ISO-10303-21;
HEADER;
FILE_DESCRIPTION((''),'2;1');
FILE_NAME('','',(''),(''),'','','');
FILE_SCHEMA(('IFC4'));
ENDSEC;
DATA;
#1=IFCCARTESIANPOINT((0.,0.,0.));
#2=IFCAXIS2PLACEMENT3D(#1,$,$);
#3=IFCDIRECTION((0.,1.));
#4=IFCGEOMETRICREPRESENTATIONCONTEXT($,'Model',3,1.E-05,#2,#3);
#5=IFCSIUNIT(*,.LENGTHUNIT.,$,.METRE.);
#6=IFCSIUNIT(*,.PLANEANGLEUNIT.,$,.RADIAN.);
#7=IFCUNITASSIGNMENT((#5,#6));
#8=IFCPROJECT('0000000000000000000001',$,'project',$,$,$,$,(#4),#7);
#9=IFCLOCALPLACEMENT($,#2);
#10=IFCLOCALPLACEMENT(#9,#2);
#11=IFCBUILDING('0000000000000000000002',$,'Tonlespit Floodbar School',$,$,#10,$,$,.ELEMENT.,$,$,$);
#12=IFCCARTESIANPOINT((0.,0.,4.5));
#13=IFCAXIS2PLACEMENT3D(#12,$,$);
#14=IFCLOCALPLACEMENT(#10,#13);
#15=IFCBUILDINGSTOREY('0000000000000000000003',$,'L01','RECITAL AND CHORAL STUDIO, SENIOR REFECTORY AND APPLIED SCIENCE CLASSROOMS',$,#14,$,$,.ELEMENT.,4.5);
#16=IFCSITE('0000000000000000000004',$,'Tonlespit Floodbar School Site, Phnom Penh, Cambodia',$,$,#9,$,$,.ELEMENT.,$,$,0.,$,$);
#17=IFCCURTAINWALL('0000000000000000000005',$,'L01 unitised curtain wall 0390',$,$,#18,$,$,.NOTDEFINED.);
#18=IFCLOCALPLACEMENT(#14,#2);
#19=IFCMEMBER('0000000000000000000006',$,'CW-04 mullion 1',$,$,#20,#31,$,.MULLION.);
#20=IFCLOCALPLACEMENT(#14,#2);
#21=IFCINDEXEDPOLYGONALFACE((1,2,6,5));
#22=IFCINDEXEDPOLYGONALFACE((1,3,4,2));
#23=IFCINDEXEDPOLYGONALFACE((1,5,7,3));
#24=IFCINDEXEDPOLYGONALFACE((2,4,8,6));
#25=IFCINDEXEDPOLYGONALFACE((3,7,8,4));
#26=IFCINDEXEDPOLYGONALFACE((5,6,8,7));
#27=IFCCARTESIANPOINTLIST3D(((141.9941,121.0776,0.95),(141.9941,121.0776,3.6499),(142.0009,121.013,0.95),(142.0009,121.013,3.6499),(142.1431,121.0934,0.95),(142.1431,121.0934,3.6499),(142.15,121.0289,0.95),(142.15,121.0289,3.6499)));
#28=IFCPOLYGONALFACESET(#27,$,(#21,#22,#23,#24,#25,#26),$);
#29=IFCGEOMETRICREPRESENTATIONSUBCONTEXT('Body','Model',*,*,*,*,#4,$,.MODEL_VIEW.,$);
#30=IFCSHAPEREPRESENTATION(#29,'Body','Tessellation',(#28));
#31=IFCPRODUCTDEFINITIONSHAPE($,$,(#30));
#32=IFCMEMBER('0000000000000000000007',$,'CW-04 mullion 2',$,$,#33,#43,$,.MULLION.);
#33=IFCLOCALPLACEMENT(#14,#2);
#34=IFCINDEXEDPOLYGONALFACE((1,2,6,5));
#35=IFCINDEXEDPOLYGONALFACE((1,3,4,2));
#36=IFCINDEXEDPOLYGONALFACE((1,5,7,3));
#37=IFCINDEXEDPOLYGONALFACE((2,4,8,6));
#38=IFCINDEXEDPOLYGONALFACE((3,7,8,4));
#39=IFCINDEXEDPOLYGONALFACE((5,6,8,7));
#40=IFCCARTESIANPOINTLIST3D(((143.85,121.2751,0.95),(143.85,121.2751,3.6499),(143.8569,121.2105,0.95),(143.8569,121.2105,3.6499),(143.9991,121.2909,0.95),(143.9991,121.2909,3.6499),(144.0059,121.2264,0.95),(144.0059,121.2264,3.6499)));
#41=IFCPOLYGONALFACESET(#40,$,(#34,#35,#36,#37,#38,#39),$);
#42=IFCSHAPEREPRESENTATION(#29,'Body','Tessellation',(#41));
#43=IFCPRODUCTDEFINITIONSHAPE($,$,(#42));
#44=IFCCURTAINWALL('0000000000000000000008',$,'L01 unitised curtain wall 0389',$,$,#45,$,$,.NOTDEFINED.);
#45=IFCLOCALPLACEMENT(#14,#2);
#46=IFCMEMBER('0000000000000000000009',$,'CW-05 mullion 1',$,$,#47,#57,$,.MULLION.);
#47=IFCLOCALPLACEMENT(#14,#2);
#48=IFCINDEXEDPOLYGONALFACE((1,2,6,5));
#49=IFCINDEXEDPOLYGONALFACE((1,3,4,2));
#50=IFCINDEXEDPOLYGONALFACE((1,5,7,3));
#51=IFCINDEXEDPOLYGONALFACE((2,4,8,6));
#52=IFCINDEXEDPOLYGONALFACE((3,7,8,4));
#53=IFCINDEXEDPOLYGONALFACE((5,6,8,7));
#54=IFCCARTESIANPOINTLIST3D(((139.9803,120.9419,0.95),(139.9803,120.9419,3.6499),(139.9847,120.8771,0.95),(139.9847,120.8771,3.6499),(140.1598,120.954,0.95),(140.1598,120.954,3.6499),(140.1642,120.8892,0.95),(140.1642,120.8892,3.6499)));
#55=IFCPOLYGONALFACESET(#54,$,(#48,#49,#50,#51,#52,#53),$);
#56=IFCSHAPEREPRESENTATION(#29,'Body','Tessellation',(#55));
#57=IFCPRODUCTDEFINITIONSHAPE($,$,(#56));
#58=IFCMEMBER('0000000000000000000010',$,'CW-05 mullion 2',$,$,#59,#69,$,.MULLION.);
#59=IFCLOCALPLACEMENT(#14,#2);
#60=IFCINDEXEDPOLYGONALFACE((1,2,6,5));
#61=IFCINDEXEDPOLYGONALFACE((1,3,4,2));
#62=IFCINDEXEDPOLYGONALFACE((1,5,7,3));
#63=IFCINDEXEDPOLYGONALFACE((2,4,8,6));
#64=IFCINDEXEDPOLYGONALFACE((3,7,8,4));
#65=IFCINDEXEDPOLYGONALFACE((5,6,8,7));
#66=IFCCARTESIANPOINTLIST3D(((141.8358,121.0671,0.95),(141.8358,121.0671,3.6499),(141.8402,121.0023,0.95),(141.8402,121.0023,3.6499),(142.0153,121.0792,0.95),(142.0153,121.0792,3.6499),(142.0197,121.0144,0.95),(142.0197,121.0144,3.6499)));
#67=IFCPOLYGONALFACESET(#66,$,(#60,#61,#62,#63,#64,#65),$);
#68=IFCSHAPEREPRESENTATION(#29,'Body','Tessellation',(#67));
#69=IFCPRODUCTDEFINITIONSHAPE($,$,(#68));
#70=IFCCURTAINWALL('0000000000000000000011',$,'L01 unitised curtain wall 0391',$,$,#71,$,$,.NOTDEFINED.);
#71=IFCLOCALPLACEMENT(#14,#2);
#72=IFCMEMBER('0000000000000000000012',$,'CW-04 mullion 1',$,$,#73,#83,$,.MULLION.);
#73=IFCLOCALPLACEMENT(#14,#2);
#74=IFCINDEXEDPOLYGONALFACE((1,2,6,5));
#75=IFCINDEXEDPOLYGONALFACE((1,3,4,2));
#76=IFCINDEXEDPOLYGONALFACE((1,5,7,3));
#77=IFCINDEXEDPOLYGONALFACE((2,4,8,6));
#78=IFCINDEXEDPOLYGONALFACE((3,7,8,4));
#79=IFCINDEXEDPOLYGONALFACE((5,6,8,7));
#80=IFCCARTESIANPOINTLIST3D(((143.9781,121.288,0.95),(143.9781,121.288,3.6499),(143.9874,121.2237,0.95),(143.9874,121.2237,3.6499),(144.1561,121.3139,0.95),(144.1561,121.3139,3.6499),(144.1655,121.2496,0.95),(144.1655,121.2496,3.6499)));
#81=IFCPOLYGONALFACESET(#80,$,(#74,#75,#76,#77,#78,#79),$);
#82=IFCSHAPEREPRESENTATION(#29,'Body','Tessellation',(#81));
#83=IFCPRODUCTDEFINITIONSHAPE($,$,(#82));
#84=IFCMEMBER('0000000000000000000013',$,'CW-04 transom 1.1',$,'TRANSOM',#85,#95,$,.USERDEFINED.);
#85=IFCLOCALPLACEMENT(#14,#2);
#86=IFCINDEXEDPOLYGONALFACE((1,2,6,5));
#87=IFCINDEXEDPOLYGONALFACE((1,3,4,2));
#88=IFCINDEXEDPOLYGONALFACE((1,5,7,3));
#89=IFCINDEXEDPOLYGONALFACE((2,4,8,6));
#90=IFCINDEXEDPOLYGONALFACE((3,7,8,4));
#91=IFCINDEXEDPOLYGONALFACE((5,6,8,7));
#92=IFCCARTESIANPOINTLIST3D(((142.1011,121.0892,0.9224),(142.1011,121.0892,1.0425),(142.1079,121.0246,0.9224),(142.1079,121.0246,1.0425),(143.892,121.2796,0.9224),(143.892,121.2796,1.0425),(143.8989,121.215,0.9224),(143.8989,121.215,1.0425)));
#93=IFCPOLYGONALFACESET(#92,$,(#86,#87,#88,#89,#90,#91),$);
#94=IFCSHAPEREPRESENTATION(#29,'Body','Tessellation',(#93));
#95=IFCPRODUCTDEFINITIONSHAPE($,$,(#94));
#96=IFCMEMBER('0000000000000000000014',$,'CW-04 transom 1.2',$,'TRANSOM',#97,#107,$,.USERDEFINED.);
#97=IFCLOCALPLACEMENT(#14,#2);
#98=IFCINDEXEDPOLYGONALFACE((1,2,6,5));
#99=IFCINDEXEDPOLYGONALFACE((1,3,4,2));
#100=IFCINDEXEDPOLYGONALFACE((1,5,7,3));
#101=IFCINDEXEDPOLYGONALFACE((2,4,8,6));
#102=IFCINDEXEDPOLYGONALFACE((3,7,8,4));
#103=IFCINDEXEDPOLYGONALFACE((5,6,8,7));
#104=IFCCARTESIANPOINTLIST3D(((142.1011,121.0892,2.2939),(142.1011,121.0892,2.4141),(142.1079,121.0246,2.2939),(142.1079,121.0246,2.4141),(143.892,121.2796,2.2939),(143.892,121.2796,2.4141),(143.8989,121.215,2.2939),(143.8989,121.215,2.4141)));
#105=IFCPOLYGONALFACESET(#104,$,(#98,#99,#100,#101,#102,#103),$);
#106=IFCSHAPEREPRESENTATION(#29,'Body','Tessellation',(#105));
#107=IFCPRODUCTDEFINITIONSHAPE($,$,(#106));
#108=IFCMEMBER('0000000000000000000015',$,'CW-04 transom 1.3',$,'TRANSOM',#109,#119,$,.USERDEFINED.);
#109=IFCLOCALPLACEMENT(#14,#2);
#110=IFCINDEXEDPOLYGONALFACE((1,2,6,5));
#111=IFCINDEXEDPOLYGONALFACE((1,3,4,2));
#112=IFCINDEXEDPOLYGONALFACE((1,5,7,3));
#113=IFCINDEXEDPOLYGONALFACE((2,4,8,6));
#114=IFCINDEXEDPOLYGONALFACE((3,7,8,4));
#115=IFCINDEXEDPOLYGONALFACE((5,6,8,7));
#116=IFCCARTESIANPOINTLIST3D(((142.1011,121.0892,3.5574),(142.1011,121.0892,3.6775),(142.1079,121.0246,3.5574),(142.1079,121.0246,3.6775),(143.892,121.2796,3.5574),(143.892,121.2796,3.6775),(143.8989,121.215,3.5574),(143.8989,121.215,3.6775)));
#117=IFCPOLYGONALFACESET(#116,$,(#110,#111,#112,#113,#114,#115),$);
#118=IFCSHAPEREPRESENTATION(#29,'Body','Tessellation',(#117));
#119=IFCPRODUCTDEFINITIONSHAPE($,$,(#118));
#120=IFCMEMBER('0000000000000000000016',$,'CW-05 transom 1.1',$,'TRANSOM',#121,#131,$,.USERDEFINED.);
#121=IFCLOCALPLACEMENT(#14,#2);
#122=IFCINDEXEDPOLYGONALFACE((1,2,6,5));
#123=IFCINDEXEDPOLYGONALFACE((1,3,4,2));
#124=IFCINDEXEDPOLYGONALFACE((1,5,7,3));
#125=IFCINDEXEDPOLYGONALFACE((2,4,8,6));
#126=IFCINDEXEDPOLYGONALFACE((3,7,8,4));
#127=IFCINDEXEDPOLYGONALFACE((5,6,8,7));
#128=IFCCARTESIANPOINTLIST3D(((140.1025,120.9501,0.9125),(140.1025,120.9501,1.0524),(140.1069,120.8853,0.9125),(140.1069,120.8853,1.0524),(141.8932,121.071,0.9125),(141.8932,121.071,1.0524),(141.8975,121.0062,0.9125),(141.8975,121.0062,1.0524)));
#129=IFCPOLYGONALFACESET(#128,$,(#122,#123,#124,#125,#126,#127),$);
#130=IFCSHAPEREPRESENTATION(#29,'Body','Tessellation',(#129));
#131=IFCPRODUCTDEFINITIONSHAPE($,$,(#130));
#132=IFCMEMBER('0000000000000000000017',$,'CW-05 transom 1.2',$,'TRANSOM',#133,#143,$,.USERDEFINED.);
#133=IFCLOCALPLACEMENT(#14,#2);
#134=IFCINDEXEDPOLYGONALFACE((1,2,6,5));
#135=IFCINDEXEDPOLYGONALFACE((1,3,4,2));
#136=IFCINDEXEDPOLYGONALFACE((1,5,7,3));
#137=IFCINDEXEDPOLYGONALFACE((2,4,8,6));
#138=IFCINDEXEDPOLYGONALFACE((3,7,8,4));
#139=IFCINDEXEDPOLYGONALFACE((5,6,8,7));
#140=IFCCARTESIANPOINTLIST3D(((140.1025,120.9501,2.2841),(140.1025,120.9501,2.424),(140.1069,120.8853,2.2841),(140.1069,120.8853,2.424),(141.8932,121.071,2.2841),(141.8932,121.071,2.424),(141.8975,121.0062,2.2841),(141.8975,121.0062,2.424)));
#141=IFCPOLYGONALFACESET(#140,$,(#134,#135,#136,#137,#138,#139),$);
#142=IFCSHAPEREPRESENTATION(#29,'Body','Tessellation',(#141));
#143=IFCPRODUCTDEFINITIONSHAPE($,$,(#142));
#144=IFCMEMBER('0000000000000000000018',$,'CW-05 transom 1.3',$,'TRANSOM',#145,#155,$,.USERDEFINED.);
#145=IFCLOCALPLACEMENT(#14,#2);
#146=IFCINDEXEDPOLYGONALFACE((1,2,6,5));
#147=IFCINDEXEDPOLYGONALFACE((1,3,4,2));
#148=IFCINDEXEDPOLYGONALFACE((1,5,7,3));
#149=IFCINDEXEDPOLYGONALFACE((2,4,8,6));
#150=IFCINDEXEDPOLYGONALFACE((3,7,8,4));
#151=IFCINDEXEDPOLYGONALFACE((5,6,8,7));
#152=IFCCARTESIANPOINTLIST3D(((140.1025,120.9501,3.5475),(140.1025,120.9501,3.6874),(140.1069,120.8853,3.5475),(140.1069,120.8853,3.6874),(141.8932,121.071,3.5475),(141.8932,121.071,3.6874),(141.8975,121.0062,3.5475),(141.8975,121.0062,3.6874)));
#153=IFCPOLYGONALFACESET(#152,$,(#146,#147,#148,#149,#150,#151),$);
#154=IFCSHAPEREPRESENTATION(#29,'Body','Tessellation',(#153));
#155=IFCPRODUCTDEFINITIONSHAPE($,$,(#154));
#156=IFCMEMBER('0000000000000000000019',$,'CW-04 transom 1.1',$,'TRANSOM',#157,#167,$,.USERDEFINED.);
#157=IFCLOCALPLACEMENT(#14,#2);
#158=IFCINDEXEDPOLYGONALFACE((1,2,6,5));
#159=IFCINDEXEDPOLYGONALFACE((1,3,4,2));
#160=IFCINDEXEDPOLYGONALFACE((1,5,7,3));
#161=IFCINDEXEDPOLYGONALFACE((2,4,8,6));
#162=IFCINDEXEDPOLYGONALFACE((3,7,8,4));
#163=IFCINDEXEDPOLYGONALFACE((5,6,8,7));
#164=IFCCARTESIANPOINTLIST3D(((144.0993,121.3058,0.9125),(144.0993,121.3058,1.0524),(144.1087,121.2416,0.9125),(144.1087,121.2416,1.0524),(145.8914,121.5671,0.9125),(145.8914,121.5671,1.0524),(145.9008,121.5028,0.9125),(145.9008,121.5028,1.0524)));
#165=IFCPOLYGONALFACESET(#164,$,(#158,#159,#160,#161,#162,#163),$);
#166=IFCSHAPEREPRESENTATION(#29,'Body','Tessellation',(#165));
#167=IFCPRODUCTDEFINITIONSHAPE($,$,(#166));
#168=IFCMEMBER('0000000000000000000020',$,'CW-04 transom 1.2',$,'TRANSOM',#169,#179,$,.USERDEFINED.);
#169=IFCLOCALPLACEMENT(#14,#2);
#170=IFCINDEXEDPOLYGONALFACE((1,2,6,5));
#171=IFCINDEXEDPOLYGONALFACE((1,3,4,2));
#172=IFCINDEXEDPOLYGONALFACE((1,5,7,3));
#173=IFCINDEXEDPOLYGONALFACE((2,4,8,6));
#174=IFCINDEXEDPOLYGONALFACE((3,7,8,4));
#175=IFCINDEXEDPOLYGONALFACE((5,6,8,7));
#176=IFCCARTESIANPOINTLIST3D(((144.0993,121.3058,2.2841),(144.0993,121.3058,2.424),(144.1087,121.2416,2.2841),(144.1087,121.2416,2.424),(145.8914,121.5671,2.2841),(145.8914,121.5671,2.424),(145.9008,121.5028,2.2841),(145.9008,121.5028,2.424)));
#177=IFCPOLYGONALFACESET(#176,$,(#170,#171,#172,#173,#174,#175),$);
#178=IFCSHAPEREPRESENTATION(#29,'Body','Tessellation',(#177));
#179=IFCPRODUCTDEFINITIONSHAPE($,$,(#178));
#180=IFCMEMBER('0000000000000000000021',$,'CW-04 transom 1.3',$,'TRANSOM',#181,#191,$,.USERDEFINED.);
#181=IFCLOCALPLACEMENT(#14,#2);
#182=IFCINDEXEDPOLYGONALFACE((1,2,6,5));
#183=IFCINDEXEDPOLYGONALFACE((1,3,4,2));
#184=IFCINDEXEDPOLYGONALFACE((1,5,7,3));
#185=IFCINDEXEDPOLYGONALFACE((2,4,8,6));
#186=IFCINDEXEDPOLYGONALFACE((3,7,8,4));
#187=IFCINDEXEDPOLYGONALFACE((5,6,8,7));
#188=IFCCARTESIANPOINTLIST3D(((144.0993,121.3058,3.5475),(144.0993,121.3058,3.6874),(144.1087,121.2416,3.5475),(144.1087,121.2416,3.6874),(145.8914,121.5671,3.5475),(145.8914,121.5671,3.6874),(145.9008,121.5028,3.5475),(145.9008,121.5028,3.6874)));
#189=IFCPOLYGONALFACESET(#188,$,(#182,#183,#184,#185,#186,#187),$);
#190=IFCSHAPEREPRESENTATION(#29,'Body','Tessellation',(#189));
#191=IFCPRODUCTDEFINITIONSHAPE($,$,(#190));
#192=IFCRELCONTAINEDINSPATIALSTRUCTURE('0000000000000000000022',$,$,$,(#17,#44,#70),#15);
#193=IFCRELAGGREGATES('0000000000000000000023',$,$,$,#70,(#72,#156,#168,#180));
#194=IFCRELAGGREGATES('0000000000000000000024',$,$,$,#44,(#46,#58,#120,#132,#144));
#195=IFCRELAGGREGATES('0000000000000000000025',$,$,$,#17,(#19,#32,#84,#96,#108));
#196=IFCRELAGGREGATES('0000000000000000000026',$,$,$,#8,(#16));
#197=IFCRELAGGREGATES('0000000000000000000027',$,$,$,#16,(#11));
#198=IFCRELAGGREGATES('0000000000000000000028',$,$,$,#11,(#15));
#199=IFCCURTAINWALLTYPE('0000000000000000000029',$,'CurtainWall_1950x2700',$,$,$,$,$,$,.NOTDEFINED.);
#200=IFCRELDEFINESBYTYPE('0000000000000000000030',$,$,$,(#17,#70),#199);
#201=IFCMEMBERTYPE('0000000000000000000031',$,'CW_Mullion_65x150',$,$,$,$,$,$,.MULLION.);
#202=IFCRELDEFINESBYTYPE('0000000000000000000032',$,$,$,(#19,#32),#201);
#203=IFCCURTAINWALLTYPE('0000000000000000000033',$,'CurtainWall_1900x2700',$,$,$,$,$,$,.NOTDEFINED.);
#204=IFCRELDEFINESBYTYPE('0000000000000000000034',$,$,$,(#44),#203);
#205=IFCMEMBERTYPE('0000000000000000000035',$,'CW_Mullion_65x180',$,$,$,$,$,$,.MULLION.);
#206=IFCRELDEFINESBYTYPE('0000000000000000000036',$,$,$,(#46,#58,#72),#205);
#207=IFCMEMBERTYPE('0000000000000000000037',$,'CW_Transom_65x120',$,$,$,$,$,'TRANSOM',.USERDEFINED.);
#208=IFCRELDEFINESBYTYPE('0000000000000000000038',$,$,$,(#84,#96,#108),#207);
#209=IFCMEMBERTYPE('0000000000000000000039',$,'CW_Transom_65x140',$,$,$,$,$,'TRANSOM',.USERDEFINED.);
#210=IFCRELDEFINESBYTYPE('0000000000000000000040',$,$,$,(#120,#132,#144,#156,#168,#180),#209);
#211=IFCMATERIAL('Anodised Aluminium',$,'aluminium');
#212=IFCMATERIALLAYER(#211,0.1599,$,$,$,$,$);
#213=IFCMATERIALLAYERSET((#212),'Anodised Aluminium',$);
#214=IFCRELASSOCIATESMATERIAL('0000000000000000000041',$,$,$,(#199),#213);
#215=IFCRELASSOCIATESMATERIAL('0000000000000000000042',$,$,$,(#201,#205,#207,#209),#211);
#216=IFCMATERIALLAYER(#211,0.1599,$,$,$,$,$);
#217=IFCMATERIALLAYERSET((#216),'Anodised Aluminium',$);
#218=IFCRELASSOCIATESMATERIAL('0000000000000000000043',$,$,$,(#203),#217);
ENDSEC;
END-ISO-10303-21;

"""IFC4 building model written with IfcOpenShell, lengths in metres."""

from ifc_helpers import new_model, si_unit, direction, frame, origin, origin_2d, place, context, subcontext, project, spatial, rectangle, extrude, material, layer, layer_set, material_profile, profile_set, type_object, element, aggregate, save


model = new_model("IFC4")

# Units and contexts
model_context = context("Model", 3, precision=1e-05, world=origin(), true_north=direction((0.0, 1.0)))
body_context = subcontext(model_context, "Body", "Model", "MODEL_VIEW")
ifc_project = project(units=[si_unit("LENGTHUNIT", "METRE"), si_unit("PLANEANGLEUNIT", "RADIAN")], contexts=[model_context])

# Site, building, storey
site_placement = place(None, origin())
site = spatial("IfcSite", under=ifc_project, at=site_placement, Name="Tonlespit Floodbar School Site, Phnom Penh, Cambodia", CompositionType="ELEMENT", RefElevation=0.0)
building_placement = place(site_placement, origin())
building = spatial("IfcBuilding", under=site, at=building_placement, Name="Tonlespit Floodbar School", CompositionType="ELEMENT")
storey_placement = place(building_placement, frame((0.0, 0.0, 4.5)))
storey = spatial("IfcBuildingStorey", under=building, at=storey_placement, Name="L01", Description="RECITAL AND CHORAL STUDIO, SENIOR REFECTORY AND APPLIED SCIENCE CLASSROOMS", CompositionType="ELEMENT", Elevation=4.5)

# Curtain walls, members
ifc_material_1 = material(Name="Anodised Aluminium", Category="aluminium")
ifc_layer_1 = layer(ifc_material_1, 0.1599)
ifc_layer_set_1 = layer_set([ifc_layer_1], Name="Anodised Aluminium")
curtain_wall_type_1 = type_object("IfcCurtainWallType", Name="CurtainWall_1950x2700", PredefinedType="NOTDEFINED", material=ifc_layer_set_1)
curtain_wall_1_placement = place(storey_placement, origin())
curtain_wall_1 = element("IfcCurtainWall", 1, at=curtain_wall_1_placement, inside=storey, type_object=curtain_wall_type_1, Name="L01 unitised curtain wall 0390", PredefinedType="NOTDEFINED")
ifc_material_profile_1 = material_profile(ifc_material_1, rectangle(XDim=0.0649, YDim=0.1499, at=origin_2d()), Name="ALU M65x150")
ifc_profile_set_1 = profile_set([ifc_material_profile_1], Name="Anodised Aluminium")
member_type_1 = type_object("IfcMemberType", Name="CW_Mullion_65x150", PredefinedType="MULLION", material=ifc_profile_set_1)
member_1_placement = place(storey_placement, frame((142.072, 121.0532, 0.95), z_axis=(0.0, 0.0, 1.0), x_axis=(-0.105787, 0.994389, 0.0)))
member_1 = element("IfcMember", 2, at=member_1_placement, type_object=member_type_1, Name="CW-04 mullion 1", PredefinedType="MULLION", context=body_context, shape_type="SweptSolid", body=[
    extrude(rectangle(XDim=0.0649, YDim=0.1499, at=origin_2d()), origin(), (0.0, 0.0, 1.0), 2.7),
])
member_2_placement = place(storey_placement, frame((143.928, 121.2507, 0.95), z_axis=(0.0, 0.0, 1.0), x_axis=(-0.105787, 0.994389, 0.0)))
member_2 = element("IfcMember", 3, at=member_2_placement, type_object=member_type_1, Name="CW-04 mullion 2", PredefinedType="MULLION", context=body_context, shape_type="SweptSolid", body=[
    extrude(rectangle(XDim=0.0649, YDim=0.1499, at=origin_2d()), origin(), (0.0, 0.0, 1.0), 2.7),
])
ifc_layer_2 = layer(ifc_material_1, 0.1599)
ifc_layer_set_2 = layer_set([ifc_layer_2], Name="Anodised Aluminium")
curtain_wall_type_2 = type_object("IfcCurtainWallType", Name="CurtainWall_1900x2700", PredefinedType="NOTDEFINED", material=ifc_layer_set_2)
curtain_wall_2_placement = place(storey_placement, origin())
curtain_wall_2 = element("IfcCurtainWall", 4, at=curtain_wall_2_placement, inside=storey, type_object=curtain_wall_type_2, Name="L01 unitised curtain wall 0389", PredefinedType="NOTDEFINED")
ifc_material_profile_2 = material_profile(ifc_material_1, rectangle(XDim=0.0649, YDim=0.1799, at=origin_2d()), Name="ALU M65x180")
ifc_profile_set_2 = profile_set([ifc_material_profile_2], Name="Anodised Aluminium")
member_type_2 = type_object("IfcMemberType", Name="CW_Mullion_65x180", PredefinedType="MULLION", material=ifc_profile_set_2)
member_3_placement = place(storey_placement, frame((140.0723, 120.9155, 0.95), z_axis=(0.0, 0.0, 1.0), x_axis=(-0.06734, 0.99773, 0.0)))
member_3 = element("IfcMember", 5, at=member_3_placement, type_object=member_type_2, Name="CW-05 mullion 1", PredefinedType="MULLION", context=body_context, shape_type="SweptSolid", body=[
    extrude(rectangle(XDim=0.0649, YDim=0.1799, at=origin_2d()), origin(), (0.0, 0.0, 1.0), 2.7),
])
member_4_placement = place(storey_placement, frame((141.9277, 121.0408, 0.95), z_axis=(0.0, 0.0, 1.0), x_axis=(-0.06734, 0.99773, 0.0)))
member_4 = element("IfcMember", 6, at=member_4_placement, type_object=member_type_2, Name="CW-05 mullion 2", PredefinedType="MULLION", context=body_context, shape_type="SweptSolid", body=[
    extrude(rectangle(XDim=0.0649, YDim=0.1799, at=origin_2d()), origin(), (0.0, 0.0, 1.0), 2.7),
])

# Curtain wall, member
curtain_wall_3_placement = place(storey_placement, origin())
curtain_wall_3 = element("IfcCurtainWall", 7, at=curtain_wall_3_placement, inside=storey, type_object=curtain_wall_type_1, Name="L01 unitised curtain wall 0391", PredefinedType="NOTDEFINED")
member_5_placement = place(storey_placement, frame((144.0718, 121.2688, 0.95), z_axis=(0.0, 0.0, 1.0), x_axis=(-0.144248, 0.989542, 0.0)))
member_5 = element("IfcMember", 8, at=member_5_placement, type_object=member_type_2, Name="CW-04 mullion 1", PredefinedType="MULLION", context=body_context, shape_type="SweptSolid", body=[
    extrude(rectangle(XDim=0.0649, YDim=0.1799, at=origin_2d()), origin(), (0.0, 0.0, 1.0), 2.7),
])

# Members
ifc_material_profile_3 = material_profile(ifc_material_1, rectangle(XDim=0.0649, YDim=0.1201, at=origin_2d()), Name="ALU T65x120")
ifc_profile_set_3 = profile_set([ifc_material_profile_3], Name="Anodised Aluminium")
member_type_3 = type_object("IfcMemberType", Name="CW_Transom_65x120", ElementType="TRANSOM", PredefinedType="USERDEFINED", material=ifc_profile_set_3)
member_6_placement = place(storey_placement, frame((142.1045, 121.0569, 0.9824), z_axis=(0.994395, 0.105729, 0.0), x_axis=(-0.105729, 0.994395, 0.0)))
member_6 = element("IfcMember", 9, at=member_6_placement, type_object=member_type_3, Name="CW-04 transom 1.1", ObjectType="TRANSOM", PredefinedType="USERDEFINED", context=body_context, shape_type="SweptSolid", body=[
    extrude(rectangle(XDim=0.0649, YDim=0.1201, at=origin_2d()), origin(), (0.0, 0.0, 1.0), 1.801),
])
member_7_placement = place(storey_placement, frame((142.1045, 121.0569, 2.354), z_axis=(0.994395, 0.105729, 0.0), x_axis=(-0.105729, 0.994395, 0.0)))
member_7 = element("IfcMember", 10, at=member_7_placement, type_object=member_type_3, Name="CW-04 transom 1.2", ObjectType="TRANSOM", PredefinedType="USERDEFINED", context=body_context, shape_type="SweptSolid", body=[
    extrude(rectangle(XDim=0.0649, YDim=0.1201, at=origin_2d()), origin(), (0.0, 0.0, 1.0), 1.801),
])
member_8_placement = place(storey_placement, frame((142.1045, 121.0569, 3.6174), z_axis=(0.994395, 0.105729, 0.0), x_axis=(-0.105729, 0.994395, 0.0)))
member_8 = element("IfcMember", 11, at=member_8_placement, type_object=member_type_3, Name="CW-04 transom 1.3", ObjectType="TRANSOM", PredefinedType="USERDEFINED", context=body_context, shape_type="SweptSolid", body=[
    extrude(rectangle(XDim=0.0649, YDim=0.1201, at=origin_2d()), origin(), (0.0, 0.0, 1.0), 1.801),
])
ifc_material_profile_4 = material_profile(ifc_material_1, rectangle(XDim=0.0649, YDim=0.1399, at=origin_2d()), Name="ALU T65x140")
ifc_profile_set_4 = profile_set([ifc_material_profile_4], Name="Anodised Aluminium")
member_type_4 = type_object("IfcMemberType", Name="CW_Transom_65x140", ElementType="TRANSOM", PredefinedType="USERDEFINED", material=ifc_profile_set_4)
member_9_placement = place(storey_placement, frame((140.1047, 120.9177, 0.9824), z_axis=(0.99773, 0.067341, 0.0), x_axis=(-0.067341, 0.99773, 0.0)))
member_9 = element("IfcMember", 12, at=member_9_placement, type_object=member_type_4, Name="CW-05 transom 1.1", ObjectType="TRANSOM", PredefinedType="USERDEFINED", context=body_context, shape_type="SweptSolid", body=[
    extrude(rectangle(XDim=0.0649, YDim=0.1399, at=origin_2d()), origin(), (0.0, 0.0, 1.0), 1.7947),
])
member_10_placement = place(storey_placement, frame((140.1047, 120.9177, 2.354), z_axis=(0.99773, 0.067341, 0.0), x_axis=(-0.067341, 0.99773, 0.0)))
member_10 = element("IfcMember", 13, at=member_10_placement, type_object=member_type_4, Name="CW-05 transom 1.2", ObjectType="TRANSOM", PredefinedType="USERDEFINED", context=body_context, shape_type="SweptSolid", body=[
    extrude(rectangle(XDim=0.0649, YDim=0.1399, at=origin_2d()), origin(), (0.0, 0.0, 1.0), 1.7947),
])
member_11_placement = place(storey_placement, frame((140.1047, 120.9177, 3.6174), z_axis=(0.99773, 0.067341, 0.0), x_axis=(-0.067341, 0.99773, 0.0)))
member_11 = element("IfcMember", 14, at=member_11_placement, type_object=member_type_4, Name="CW-05 transom 1.3", ObjectType="TRANSOM", PredefinedType="USERDEFINED", context=body_context, shape_type="SweptSolid", body=[
    extrude(rectangle(XDim=0.0649, YDim=0.1399, at=origin_2d()), origin(), (0.0, 0.0, 1.0), 1.7947),
])
member_12_placement = place(storey_placement, frame((144.104, 121.2737, 0.9824), z_axis=(0.989541, 0.144252, 0.0), x_axis=(-0.144252, 0.989541, 0.0)))
member_12 = element("IfcMember", 15, at=member_12_placement, type_object=member_type_4, Name="CW-04 transom 1.1", ObjectType="TRANSOM", PredefinedType="USERDEFINED", context=body_context, shape_type="SweptSolid", body=[
    extrude(rectangle(XDim=0.0649, YDim=0.1399, at=origin_2d()), origin(), (0.0, 0.0, 1.0), 1.811),
])
member_13_placement = place(storey_placement, frame((144.104, 121.2737, 2.354), z_axis=(0.989541, 0.144252, 0.0), x_axis=(-0.144252, 0.989541, 0.0)))
member_13 = element("IfcMember", 16, at=member_13_placement, type_object=member_type_4, Name="CW-04 transom 1.2", ObjectType="TRANSOM", PredefinedType="USERDEFINED", context=body_context, shape_type="SweptSolid", body=[
    extrude(rectangle(XDim=0.0649, YDim=0.1399, at=origin_2d()), origin(), (0.0, 0.0, 1.0), 1.811),
])
member_14_placement = place(storey_placement, frame((144.104, 121.2737, 3.6174), z_axis=(0.989541, 0.144252, 0.0), x_axis=(-0.144252, 0.989541, 0.0)))
member_14 = element("IfcMember", 17, at=member_14_placement, type_object=member_type_4, Name="CW-04 transom 1.3", ObjectType="TRANSOM", PredefinedType="USERDEFINED", context=body_context, shape_type="SweptSolid", body=[
    extrude(rectangle(XDim=0.0649, YDim=0.1399, at=origin_2d()), origin(), (0.0, 0.0, 1.0), 1.811),
])
aggregate(curtain_wall_3, [member_5, member_12, member_13, member_14])

aggregate(curtain_wall_2, [member_3, member_4, member_9, member_10, member_11])
aggregate(curtain_wall_1, [member_1, member_2, member_6, member_7, member_8])

save(model, "model.ifc")
